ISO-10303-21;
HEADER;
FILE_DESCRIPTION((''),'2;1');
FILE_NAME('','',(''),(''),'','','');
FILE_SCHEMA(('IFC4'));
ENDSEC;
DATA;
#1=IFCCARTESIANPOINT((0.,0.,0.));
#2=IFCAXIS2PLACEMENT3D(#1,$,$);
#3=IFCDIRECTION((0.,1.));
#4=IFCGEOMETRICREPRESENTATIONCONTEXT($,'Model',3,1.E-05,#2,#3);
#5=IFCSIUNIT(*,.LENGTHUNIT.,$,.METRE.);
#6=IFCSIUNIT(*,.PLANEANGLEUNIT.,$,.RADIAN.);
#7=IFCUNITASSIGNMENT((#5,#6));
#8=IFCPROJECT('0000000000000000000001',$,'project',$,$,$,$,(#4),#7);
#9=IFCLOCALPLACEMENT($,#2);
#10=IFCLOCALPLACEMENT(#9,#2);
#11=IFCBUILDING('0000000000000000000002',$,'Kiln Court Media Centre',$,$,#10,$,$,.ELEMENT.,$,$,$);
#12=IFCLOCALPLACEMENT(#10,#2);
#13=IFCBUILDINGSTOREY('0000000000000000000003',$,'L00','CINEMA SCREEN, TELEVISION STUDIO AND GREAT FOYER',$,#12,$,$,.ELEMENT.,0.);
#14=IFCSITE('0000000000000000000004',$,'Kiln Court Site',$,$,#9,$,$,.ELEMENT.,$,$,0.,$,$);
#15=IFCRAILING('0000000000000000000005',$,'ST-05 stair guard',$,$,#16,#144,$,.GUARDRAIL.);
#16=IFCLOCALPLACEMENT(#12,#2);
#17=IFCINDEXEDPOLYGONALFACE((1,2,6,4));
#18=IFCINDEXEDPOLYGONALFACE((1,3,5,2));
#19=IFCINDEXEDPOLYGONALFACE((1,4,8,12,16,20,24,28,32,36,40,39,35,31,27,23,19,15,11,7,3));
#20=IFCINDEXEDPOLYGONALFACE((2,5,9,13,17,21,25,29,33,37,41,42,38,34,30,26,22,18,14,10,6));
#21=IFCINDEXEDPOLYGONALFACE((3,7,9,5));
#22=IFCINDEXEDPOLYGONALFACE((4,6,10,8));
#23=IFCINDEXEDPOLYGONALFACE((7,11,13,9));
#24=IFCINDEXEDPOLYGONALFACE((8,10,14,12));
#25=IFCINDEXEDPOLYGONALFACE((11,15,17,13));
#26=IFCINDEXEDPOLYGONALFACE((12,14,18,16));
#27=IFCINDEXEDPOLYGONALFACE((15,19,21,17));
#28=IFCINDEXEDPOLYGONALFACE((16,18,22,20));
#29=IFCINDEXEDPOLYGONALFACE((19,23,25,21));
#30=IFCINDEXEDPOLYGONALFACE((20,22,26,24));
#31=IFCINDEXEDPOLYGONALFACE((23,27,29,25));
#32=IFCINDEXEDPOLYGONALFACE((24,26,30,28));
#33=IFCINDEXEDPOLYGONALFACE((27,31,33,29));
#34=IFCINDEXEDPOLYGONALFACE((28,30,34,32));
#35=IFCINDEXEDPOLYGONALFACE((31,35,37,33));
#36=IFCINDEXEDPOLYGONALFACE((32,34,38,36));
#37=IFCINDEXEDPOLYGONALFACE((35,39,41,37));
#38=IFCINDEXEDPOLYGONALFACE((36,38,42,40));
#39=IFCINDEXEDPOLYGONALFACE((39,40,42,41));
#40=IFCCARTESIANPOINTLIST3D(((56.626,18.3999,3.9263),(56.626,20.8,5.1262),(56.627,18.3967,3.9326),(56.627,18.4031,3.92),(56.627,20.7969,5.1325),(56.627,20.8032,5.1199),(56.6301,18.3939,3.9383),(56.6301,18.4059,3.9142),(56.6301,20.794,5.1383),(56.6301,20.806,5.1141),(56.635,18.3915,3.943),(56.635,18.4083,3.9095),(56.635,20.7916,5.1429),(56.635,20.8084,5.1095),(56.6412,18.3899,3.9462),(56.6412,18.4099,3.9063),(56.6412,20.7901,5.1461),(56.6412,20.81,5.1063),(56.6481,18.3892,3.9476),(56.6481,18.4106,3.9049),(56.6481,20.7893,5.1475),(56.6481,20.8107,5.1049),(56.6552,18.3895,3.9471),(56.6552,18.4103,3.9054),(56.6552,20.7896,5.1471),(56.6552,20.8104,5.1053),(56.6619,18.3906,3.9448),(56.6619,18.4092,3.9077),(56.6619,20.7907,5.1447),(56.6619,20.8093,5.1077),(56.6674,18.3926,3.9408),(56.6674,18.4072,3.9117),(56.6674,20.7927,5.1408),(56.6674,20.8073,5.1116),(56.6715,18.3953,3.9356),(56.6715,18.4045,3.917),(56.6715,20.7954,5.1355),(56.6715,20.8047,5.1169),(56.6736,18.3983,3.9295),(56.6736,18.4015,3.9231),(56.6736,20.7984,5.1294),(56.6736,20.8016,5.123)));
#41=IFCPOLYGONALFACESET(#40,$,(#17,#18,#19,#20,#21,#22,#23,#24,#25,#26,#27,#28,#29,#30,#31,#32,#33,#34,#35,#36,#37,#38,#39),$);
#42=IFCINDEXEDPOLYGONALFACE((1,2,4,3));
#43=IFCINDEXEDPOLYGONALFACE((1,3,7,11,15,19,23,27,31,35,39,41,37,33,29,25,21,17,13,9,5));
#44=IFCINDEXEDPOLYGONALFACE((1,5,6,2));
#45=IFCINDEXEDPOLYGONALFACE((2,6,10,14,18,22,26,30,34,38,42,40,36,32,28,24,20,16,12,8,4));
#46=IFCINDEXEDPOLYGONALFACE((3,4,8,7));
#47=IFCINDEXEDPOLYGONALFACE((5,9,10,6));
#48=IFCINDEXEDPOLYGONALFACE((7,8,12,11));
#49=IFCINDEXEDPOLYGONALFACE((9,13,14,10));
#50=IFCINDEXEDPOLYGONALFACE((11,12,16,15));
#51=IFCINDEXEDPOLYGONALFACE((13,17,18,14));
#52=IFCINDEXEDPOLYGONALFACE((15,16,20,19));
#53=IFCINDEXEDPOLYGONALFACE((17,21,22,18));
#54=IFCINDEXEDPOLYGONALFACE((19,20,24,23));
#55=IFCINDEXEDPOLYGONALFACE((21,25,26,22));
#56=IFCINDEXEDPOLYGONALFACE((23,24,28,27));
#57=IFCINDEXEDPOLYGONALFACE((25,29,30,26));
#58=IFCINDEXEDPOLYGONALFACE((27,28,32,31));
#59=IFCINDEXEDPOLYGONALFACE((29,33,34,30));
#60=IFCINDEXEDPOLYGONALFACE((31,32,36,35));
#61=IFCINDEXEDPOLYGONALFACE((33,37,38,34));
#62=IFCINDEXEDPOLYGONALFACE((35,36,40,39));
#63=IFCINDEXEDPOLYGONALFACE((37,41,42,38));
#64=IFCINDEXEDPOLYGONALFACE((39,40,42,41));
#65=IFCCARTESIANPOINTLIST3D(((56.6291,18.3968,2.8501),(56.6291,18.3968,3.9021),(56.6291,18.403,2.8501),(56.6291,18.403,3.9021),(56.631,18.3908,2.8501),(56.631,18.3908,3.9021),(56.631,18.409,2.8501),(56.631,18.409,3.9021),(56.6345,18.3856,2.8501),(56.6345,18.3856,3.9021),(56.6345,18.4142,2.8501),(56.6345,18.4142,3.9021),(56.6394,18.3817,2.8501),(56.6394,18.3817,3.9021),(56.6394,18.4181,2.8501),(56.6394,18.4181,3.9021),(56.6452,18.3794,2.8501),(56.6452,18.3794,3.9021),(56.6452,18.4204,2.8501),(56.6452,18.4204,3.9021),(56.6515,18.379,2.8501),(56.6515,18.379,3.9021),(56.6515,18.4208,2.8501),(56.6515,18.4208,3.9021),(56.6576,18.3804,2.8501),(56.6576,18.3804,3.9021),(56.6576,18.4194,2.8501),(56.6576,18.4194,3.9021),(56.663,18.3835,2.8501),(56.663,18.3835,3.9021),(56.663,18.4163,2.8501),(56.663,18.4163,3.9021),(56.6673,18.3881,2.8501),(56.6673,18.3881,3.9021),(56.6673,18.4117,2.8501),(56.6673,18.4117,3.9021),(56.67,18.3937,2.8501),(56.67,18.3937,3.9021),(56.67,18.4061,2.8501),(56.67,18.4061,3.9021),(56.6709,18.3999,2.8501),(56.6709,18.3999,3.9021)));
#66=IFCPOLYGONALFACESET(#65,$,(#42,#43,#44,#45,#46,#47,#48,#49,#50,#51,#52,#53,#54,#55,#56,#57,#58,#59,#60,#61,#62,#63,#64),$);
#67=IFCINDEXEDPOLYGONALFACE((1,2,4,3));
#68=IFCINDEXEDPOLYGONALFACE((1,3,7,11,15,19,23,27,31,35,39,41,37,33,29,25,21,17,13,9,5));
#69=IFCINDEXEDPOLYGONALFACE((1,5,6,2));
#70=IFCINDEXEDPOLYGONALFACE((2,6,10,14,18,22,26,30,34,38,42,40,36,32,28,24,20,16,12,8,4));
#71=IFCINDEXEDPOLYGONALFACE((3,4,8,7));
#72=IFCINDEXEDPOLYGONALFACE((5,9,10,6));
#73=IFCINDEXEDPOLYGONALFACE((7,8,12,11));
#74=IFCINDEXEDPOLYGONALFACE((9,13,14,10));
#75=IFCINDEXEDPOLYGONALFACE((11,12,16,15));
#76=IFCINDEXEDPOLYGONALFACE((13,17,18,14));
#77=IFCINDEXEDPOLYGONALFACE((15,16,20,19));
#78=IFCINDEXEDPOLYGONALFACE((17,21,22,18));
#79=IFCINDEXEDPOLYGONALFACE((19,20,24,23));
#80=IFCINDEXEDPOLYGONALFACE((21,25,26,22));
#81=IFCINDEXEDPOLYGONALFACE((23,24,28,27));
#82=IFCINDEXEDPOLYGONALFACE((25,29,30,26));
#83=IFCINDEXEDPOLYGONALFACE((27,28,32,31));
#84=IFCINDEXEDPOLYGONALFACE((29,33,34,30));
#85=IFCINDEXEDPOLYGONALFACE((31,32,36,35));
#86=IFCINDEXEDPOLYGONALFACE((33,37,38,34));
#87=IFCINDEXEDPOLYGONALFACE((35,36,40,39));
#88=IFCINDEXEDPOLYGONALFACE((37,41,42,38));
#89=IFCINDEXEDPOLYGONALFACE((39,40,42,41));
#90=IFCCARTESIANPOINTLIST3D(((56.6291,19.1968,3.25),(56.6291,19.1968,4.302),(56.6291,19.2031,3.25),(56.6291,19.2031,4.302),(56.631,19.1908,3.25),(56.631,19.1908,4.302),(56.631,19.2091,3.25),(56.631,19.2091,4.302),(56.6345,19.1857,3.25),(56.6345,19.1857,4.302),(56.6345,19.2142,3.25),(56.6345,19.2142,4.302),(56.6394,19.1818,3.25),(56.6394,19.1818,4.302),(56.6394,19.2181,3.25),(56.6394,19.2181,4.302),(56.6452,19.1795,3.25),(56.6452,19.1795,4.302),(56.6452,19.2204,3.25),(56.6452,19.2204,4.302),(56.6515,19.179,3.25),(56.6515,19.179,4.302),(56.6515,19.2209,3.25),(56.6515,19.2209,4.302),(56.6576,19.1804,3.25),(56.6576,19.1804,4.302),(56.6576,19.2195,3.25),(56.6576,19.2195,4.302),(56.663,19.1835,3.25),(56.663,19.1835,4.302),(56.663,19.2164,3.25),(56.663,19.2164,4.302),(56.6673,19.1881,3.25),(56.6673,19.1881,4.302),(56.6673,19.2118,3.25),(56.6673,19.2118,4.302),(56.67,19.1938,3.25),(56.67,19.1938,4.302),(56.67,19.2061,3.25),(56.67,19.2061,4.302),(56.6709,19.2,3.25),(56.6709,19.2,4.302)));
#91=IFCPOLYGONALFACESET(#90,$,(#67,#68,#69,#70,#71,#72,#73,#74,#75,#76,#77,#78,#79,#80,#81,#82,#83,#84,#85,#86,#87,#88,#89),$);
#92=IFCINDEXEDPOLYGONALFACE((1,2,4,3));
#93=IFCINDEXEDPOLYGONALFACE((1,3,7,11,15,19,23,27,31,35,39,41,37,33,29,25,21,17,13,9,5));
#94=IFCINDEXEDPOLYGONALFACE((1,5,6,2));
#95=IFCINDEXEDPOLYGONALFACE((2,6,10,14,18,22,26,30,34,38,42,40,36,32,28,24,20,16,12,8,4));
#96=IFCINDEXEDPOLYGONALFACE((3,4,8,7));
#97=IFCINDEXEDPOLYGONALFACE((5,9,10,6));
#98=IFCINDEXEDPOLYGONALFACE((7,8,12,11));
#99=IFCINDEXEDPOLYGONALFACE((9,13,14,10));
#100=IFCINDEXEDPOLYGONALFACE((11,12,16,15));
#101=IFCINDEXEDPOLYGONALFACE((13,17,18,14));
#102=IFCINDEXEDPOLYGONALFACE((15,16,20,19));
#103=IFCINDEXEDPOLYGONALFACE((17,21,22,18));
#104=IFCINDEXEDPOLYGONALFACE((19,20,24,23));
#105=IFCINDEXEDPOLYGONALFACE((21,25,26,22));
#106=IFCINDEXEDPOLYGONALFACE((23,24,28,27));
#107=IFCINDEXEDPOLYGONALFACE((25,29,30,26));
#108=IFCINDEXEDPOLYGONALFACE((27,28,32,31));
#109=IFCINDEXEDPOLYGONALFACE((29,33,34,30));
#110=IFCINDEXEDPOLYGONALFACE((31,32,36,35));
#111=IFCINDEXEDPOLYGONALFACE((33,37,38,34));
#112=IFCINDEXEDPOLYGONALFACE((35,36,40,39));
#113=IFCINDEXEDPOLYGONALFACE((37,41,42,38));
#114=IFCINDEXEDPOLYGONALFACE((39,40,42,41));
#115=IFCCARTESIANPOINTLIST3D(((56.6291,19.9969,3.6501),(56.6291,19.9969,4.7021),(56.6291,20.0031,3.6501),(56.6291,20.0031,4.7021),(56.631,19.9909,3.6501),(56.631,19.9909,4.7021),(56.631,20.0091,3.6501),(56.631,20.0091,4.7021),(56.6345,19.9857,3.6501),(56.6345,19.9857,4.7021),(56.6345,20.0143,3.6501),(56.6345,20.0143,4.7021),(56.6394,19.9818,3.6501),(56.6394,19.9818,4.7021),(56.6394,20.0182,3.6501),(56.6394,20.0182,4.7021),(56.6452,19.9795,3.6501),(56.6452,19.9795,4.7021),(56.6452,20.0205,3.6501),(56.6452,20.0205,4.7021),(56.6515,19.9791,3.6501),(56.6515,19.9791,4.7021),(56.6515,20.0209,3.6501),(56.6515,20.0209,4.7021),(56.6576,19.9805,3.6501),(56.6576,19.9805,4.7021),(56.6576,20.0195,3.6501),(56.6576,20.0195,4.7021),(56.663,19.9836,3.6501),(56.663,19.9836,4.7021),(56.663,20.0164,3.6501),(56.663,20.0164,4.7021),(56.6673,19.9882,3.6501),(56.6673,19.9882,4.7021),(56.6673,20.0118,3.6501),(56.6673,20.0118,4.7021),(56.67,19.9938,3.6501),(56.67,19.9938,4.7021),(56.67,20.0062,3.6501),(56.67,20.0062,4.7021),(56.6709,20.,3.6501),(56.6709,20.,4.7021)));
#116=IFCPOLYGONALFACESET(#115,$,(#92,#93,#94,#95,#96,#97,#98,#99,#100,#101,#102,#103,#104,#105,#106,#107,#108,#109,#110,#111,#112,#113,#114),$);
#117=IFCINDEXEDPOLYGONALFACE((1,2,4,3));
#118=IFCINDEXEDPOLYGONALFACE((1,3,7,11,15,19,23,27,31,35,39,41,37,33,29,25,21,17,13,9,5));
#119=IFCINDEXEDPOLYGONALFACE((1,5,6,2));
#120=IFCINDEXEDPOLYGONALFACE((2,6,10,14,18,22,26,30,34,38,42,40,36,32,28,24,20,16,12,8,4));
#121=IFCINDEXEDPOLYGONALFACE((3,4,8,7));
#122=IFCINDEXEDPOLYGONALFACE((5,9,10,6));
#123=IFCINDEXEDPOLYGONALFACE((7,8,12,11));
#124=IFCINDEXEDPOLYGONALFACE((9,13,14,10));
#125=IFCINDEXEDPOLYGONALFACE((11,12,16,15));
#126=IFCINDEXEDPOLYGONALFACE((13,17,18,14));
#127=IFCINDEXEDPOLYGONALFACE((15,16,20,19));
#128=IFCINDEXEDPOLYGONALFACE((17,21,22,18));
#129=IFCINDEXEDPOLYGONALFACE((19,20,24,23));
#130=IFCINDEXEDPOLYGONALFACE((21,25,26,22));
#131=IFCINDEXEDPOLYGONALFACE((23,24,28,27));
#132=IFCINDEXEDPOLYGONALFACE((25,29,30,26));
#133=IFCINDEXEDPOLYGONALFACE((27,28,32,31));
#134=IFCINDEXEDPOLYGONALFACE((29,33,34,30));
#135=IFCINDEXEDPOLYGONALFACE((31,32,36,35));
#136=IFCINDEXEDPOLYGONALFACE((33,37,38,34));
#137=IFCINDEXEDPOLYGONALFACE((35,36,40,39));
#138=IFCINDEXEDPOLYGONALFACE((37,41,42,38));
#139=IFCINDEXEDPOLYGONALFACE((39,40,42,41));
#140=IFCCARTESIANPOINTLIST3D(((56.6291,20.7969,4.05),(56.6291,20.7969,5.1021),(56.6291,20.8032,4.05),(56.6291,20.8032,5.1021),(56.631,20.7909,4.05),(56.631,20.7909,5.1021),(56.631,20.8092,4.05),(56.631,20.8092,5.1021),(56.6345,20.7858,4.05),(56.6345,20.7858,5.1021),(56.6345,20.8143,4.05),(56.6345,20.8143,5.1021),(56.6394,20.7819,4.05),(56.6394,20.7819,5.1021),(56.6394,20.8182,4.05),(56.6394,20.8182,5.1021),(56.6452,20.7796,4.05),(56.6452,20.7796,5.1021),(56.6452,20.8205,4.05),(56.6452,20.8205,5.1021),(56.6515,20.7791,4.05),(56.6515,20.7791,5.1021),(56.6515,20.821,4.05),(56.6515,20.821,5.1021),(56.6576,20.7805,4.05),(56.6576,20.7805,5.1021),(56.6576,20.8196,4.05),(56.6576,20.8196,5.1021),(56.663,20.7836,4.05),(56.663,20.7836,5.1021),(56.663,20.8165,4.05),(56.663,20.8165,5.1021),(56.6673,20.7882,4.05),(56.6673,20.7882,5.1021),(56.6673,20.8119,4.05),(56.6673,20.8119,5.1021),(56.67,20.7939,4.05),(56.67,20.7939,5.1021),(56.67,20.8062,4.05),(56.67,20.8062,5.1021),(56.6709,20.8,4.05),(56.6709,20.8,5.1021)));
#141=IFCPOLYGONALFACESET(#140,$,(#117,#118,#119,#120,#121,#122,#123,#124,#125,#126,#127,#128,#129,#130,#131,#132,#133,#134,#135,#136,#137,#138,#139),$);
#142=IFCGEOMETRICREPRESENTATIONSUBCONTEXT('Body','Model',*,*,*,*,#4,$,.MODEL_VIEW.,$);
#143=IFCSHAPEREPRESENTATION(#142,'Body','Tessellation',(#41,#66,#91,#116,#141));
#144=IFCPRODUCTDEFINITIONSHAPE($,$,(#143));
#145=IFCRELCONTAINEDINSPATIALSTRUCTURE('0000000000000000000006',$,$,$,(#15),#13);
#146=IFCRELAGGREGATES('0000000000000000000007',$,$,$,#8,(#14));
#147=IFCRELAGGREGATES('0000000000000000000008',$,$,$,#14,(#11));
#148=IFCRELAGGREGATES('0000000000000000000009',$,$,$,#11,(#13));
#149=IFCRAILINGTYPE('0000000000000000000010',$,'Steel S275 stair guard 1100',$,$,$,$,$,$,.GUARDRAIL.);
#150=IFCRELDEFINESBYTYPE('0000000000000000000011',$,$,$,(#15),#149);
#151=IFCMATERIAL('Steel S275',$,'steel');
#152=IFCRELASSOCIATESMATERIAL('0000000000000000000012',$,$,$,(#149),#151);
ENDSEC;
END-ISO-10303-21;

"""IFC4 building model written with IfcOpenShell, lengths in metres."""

from ifc_helpers import new_model, si_unit, direction, frame, origin, origin_2d, place, context, subcontext, project, spatial, circle, extrude, material, type_object, element, save


model = new_model("IFC4")

# Units and contexts
model_context = context("Model", 3, precision=1e-05, world=origin(), true_north=direction((0.0, 1.0)))
body_context = subcontext(model_context, "Body", "Model", "MODEL_VIEW")
ifc_project = project(units=[si_unit("LENGTHUNIT", "METRE"), si_unit("PLANEANGLEUNIT", "RADIAN")], contexts=[model_context])

# Site, building, storey
site_placement = place(None, origin())
site = spatial("IfcSite", under=ifc_project, at=site_placement, Name="Kiln Court Site", CompositionType="ELEMENT", RefElevation=0.0)
building_placement = place(site_placement, origin())
building = spatial("IfcBuilding", under=site, at=building_placement, Name="Kiln Court Media Centre", CompositionType="ELEMENT")
storey_placement = place(building_placement, origin())
storey = spatial("IfcBuildingStorey", under=building, at=storey_placement, Name="L00", Description="CINEMA SCREEN, TELEVISION STUDIO AND GREAT FOYER", CompositionType="ELEMENT", Elevation=0.0)

# Railing
ifc_material_1 = material(Name="Steel S275", Category="steel")
railing_type = type_object("IfcRailingType", Name="Steel S275 stair guard 1100", PredefinedType="GUARDRAIL", material=ifc_material_1)
railing_1_placement = place(storey_placement, frame((56.6499, 18.3999, 2.8501)))
element("IfcRailing", 1, at=railing_1_placement, inside=storey, type_object=railing_type, Name="ST-05 stair guard", PredefinedType="GUARDRAIL", context=body_context, shape_type="SweptSolid", body=[
    extrude(circle(Radius=0.0239, at=origin_2d()), frame((0.0, 0.0, 1.0762), z_axis=(0.0, 0.894445, 0.447177), x_axis=(-1.0, 0.0, 0.0)), (0.0, 0.0, 1.0), 2.6833),
    extrude(circle(Radius=0.021, at=origin_2d()), origin(), (0.0, 0.0, 1.0), 1.052),
    extrude(circle(Radius=0.021, at=origin_2d()), frame((0.0, 0.8, 0.3999)), (0.0, 0.0, 1.0), 1.052),
    extrude(circle(Radius=0.021, at=origin_2d()), frame((0.0, 1.6001, 0.8)), (0.0, 0.0, 1.0), 1.052),
    extrude(circle(Radius=0.021, at=origin_2d()), frame((0.0, 2.4001, 1.2)), (0.0, 0.0, 1.0), 1.052),
])

save(model, "model.ifc")
